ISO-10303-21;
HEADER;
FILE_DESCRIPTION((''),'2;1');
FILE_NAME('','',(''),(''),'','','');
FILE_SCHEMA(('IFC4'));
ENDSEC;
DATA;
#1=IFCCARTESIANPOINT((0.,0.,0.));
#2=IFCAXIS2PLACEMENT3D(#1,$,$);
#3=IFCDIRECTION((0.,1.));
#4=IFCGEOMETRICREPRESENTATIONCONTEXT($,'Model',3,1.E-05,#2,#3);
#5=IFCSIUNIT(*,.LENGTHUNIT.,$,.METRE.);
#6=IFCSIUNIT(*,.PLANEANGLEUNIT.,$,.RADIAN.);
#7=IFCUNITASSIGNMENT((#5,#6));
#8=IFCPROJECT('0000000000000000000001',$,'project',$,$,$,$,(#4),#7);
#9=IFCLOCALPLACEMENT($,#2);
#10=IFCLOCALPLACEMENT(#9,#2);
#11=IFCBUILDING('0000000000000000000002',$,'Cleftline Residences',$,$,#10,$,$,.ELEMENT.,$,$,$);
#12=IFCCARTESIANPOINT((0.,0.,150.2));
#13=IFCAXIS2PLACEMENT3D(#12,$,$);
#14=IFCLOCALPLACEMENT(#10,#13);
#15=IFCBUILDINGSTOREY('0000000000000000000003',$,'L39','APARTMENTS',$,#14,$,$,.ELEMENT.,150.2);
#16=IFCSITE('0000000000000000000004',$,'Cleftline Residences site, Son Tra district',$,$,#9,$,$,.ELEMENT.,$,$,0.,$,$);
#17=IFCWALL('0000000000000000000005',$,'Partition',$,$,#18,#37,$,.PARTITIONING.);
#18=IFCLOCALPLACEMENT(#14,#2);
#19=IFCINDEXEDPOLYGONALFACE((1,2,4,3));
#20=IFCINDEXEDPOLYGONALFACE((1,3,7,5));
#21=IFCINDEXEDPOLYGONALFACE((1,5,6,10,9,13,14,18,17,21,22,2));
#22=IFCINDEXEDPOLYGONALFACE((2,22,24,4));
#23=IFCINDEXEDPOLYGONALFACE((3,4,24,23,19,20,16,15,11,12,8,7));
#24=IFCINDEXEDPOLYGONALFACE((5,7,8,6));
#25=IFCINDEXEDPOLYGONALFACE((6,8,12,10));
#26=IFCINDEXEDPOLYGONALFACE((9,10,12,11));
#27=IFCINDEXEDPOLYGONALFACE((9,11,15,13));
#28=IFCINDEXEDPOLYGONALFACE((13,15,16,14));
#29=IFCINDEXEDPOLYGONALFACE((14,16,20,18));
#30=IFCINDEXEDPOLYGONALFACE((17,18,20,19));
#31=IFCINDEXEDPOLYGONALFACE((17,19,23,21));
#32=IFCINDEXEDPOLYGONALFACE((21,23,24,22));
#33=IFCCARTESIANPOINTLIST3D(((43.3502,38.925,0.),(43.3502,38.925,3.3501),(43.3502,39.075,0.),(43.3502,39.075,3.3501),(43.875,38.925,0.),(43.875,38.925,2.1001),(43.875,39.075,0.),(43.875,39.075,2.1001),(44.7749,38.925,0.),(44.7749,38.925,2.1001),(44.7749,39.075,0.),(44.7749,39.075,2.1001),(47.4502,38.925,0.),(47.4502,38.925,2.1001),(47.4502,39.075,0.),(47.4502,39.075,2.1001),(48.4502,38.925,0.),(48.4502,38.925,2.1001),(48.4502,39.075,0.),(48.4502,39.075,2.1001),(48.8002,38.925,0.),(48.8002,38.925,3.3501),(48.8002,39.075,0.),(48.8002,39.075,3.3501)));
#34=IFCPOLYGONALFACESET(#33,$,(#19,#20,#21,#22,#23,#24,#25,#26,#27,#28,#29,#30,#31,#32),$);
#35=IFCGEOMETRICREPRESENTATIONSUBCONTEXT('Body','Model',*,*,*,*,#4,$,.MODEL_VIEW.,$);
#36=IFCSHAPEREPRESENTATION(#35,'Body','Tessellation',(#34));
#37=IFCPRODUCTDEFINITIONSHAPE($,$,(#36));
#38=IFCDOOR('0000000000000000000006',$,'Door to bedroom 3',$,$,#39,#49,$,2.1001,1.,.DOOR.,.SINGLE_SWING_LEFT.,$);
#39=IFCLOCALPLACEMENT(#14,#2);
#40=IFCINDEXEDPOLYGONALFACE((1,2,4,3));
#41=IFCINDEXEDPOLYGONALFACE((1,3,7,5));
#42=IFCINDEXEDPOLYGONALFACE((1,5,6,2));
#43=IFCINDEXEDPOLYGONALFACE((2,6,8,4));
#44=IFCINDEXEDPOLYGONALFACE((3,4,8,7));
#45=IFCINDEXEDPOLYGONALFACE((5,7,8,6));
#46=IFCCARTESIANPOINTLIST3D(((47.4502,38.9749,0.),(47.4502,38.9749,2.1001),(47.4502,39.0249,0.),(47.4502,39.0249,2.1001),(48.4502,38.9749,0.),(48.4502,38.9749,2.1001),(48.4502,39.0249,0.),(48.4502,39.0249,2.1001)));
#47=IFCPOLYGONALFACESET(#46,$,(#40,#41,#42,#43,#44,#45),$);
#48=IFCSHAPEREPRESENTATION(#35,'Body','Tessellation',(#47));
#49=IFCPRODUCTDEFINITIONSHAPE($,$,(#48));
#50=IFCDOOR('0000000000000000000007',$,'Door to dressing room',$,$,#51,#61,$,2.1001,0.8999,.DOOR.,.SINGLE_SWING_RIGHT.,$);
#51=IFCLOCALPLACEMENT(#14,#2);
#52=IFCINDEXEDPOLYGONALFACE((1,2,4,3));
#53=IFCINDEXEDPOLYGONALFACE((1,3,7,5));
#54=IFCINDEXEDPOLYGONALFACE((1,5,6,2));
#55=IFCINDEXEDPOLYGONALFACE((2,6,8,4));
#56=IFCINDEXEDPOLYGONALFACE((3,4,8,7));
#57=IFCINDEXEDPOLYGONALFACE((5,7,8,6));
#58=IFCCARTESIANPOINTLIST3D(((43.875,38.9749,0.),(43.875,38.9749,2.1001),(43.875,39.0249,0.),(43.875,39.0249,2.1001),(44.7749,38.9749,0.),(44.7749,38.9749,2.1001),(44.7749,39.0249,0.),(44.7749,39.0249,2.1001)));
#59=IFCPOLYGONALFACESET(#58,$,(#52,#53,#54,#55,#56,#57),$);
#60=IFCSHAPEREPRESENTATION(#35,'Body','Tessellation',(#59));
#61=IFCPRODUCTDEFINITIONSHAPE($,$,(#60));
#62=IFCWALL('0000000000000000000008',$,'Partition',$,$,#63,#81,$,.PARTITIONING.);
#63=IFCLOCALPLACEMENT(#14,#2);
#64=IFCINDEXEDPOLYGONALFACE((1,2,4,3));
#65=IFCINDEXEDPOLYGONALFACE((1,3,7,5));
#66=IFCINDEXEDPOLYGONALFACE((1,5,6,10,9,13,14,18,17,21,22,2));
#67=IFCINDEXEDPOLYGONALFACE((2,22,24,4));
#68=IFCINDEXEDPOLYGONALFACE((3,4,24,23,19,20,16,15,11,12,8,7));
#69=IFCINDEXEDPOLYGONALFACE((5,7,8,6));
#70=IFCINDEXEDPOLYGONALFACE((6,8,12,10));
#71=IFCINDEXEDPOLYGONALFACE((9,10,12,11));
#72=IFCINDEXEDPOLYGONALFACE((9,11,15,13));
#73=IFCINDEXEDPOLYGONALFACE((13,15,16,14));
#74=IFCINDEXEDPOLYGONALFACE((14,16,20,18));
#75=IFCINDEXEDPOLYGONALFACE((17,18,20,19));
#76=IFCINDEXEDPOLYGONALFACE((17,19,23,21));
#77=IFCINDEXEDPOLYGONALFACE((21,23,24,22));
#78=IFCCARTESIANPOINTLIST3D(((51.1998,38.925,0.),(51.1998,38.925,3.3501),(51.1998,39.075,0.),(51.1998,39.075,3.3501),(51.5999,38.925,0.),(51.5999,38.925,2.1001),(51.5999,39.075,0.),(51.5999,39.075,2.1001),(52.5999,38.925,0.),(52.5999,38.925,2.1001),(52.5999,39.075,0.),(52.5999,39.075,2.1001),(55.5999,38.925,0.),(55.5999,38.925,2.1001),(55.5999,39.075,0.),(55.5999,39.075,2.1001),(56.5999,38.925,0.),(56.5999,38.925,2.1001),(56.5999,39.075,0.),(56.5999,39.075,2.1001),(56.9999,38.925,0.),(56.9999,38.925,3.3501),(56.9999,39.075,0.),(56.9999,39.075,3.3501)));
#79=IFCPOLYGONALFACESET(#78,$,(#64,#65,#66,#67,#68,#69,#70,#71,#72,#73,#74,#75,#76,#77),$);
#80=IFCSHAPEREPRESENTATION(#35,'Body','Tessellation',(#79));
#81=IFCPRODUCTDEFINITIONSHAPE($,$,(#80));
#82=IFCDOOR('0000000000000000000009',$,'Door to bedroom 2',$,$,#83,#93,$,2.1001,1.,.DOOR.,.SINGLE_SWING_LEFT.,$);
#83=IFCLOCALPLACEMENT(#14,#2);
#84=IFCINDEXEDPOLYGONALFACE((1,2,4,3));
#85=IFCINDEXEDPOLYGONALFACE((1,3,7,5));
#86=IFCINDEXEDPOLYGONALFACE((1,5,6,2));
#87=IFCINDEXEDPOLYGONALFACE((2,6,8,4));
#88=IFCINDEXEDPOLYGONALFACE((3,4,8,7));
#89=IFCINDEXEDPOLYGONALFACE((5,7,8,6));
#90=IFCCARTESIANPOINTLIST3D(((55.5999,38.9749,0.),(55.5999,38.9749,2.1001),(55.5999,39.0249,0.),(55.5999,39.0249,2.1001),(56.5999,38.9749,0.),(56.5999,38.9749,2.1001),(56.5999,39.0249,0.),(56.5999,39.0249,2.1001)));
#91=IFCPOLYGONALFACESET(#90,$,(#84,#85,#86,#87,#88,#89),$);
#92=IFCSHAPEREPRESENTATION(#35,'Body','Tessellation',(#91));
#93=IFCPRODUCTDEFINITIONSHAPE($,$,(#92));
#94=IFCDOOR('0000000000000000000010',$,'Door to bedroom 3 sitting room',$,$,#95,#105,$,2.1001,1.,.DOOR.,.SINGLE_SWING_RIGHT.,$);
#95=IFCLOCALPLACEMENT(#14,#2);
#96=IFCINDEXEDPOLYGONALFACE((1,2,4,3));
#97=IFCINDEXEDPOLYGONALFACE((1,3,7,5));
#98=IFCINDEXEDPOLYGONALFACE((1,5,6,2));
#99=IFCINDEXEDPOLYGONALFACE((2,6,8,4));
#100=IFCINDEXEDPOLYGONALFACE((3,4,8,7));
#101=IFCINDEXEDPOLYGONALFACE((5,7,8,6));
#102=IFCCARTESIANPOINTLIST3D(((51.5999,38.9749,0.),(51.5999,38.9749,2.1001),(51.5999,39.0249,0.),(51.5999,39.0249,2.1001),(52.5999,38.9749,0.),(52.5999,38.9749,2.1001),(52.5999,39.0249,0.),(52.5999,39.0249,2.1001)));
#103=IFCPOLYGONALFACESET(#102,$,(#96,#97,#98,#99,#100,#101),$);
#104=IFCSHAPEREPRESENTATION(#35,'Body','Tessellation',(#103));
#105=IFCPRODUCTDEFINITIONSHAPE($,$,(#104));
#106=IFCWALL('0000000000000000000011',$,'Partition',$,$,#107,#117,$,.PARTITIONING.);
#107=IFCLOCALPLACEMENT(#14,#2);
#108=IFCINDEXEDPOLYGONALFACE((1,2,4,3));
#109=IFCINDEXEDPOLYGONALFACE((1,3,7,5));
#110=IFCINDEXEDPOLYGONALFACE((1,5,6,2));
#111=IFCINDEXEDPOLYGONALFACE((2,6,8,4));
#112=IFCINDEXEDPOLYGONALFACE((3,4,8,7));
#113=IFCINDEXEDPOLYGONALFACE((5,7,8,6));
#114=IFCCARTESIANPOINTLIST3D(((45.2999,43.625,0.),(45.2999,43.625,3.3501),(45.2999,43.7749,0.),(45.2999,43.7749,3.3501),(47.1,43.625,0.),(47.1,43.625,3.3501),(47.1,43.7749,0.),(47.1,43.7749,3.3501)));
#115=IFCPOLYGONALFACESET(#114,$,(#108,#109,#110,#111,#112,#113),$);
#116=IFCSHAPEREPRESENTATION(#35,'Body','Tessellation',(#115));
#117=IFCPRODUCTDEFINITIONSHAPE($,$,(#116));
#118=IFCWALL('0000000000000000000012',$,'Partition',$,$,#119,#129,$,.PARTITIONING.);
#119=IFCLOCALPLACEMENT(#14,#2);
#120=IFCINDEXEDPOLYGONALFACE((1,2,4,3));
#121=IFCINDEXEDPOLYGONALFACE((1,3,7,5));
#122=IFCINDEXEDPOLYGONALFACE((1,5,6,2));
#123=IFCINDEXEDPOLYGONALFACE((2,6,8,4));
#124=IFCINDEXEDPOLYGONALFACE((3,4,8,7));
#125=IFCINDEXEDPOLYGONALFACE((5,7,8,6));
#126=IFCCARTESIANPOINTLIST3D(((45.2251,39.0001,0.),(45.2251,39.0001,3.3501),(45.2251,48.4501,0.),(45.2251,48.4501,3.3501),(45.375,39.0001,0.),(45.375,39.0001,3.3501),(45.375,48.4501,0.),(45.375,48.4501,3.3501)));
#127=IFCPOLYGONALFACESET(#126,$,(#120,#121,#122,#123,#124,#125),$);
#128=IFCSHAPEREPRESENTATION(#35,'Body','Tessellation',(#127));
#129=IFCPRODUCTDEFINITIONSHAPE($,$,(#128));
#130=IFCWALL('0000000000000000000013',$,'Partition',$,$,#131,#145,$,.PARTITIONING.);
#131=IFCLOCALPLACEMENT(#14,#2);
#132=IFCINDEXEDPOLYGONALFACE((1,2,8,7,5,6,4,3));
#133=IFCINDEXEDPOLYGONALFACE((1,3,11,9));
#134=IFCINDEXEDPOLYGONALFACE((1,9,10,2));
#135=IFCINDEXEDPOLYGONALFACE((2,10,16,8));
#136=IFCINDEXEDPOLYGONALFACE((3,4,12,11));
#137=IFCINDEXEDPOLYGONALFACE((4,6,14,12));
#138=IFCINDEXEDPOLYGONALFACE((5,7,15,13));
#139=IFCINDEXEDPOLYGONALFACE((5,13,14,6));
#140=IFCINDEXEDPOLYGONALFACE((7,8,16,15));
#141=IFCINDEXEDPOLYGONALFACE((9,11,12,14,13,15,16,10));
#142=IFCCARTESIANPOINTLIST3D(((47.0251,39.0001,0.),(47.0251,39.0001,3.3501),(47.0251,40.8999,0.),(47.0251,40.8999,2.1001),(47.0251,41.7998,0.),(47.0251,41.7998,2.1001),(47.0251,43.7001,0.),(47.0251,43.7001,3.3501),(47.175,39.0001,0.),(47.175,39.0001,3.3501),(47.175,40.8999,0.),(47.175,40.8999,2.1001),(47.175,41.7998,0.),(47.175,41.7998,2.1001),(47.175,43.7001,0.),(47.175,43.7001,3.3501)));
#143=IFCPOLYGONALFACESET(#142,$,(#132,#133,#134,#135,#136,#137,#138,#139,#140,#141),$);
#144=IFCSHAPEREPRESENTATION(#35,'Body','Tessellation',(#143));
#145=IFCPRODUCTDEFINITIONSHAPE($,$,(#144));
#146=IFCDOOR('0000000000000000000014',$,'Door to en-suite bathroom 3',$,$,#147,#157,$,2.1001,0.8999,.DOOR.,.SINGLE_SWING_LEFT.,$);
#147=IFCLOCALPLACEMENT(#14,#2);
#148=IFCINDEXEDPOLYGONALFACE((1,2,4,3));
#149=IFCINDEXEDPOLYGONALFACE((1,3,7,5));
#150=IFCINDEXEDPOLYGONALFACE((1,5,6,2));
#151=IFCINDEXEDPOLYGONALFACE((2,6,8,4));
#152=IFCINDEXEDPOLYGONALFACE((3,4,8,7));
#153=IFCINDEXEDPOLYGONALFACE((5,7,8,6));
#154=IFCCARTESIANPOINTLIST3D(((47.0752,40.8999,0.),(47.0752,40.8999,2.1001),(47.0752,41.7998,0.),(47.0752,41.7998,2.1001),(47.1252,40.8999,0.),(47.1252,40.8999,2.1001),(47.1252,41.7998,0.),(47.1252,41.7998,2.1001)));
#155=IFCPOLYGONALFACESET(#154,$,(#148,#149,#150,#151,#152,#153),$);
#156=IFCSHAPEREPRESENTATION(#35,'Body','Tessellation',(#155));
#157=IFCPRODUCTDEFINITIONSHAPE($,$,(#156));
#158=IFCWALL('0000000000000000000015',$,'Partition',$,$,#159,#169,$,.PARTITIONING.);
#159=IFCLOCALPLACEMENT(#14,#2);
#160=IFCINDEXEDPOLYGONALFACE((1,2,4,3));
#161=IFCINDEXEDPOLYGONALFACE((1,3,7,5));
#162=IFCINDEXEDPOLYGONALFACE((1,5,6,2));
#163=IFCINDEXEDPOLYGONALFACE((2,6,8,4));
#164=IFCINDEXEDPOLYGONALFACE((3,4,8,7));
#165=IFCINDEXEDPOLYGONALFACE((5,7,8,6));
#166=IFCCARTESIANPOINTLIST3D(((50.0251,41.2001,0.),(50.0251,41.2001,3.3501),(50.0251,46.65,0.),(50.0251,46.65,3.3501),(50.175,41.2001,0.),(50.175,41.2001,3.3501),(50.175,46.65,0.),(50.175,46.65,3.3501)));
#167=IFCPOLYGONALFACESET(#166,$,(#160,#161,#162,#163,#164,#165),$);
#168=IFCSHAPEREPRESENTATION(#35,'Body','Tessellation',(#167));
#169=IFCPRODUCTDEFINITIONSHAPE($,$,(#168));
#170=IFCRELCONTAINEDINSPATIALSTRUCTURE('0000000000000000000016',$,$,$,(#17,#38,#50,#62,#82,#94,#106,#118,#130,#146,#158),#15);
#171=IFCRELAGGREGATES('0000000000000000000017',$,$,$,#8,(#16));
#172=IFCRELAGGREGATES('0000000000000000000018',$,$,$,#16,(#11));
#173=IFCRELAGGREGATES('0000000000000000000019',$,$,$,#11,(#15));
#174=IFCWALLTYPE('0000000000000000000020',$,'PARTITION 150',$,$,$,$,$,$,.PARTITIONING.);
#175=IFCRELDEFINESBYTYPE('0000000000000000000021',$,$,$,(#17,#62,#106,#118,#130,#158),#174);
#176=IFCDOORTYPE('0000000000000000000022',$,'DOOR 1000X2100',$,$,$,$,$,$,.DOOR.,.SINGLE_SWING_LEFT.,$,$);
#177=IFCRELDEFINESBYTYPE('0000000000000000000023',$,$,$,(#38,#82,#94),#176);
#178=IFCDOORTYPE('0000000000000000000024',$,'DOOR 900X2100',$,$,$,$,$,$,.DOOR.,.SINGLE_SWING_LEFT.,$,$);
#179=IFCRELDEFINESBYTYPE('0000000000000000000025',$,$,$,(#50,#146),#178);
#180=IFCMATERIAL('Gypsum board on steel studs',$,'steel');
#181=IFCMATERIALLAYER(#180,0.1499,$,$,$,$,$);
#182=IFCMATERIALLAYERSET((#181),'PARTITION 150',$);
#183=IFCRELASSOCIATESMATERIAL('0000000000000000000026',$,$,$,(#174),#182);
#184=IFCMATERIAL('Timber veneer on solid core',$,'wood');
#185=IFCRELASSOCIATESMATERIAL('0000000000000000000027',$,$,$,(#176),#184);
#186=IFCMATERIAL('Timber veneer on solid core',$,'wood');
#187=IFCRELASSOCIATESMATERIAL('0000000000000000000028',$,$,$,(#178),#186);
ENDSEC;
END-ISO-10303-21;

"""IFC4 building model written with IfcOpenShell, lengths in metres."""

from ifc_helpers import new_model, si_unit, direction, frame, frame_2d, origin, place, context, subcontext, project, spatial, rectangle, extrude, material, layer, layer_set, type_object, element, fill, save


model = new_model("IFC4")

# Units and contexts
model_context = context("Model", 3, precision=1e-05, world=origin(), true_north=direction((0.0, 1.0)))
body_context = subcontext(model_context, "Body", "Model", "MODEL_VIEW")
ifc_project = project(units=[si_unit("LENGTHUNIT", "METRE"), si_unit("PLANEANGLEUNIT", "RADIAN")], contexts=[model_context])

# Site, building, storey
site_placement = place(None, origin())
site = spatial("IfcSite", under=ifc_project, at=site_placement, Name="Cleftline Residences site, Son Tra district", CompositionType="ELEMENT", RefElevation=0.0)
building_placement = place(site_placement, origin())
building = spatial("IfcBuilding", under=site, at=building_placement, Name="Cleftline Residences", CompositionType="ELEMENT")
storey_placement = place(building_placement, frame((0.0, 0.0, 150.2)))
storey = spatial("IfcBuildingStorey", under=building, at=storey_placement, Name="L39", Description="APARTMENTS", CompositionType="ELEMENT", Elevation=150.2)

# Walls, openings, doors
ifc_material_1 = material(Name="Gypsum board on steel studs", Category="steel")
ifc_layer = layer(ifc_material_1, 0.1499)
ifc_layer_set = layer_set([ifc_layer], Name="PARTITION 150")
wall_type = type_object("IfcWallType", Name="PARTITION 150", PredefinedType="PARTITIONING", material=ifc_layer_set)
wall_1_placement = place(storey_placement, frame((43.3501, 39.0, 0.0), z_axis=(0.0, 0.0, 1.0), x_axis=(1.0, 0.0, 0.0)))
wall_1 = element("IfcWall", 1, at=wall_1_placement, inside=storey, type_object=wall_type, Name="Partition", PredefinedType="PARTITIONING", context=body_context, shape_type="SweptSolid", body=[
    extrude(rectangle(XDim=5.45, YDim=0.1499, at=frame_2d((2.7251, 0.0))), origin(), (0.0, 0.0, 1.0), 3.3501),
])
opening_1_placement = place(wall_1_placement, frame((4.1001, 0.0, 0.0)))
opening_1 = element("IfcOpeningElement", 2, at=opening_1_placement, cuts=wall_1, PredefinedType="OPENING", context=body_context, shape_type="SweptSolid", body=[
    extrude(rectangle(XDim=1.0, YDim=2.1001, at=frame_2d((0.5, 1.05))), frame((0.0, 0.085, 0.0), z_axis=(0.0, -1.0, 0.0), x_axis=(1.0, 0.0, 0.0)), (0.0, 0.0, 1.0), 0.1699),
])
opening_2_placement = place(wall_1_placement, frame((0.5249, 0.0, 0.0)))
opening_2 = element("IfcOpeningElement", 3, at=opening_2_placement, cuts=wall_1, PredefinedType="OPENING", context=body_context, shape_type="SweptSolid", body=[
    extrude(rectangle(XDim=0.8999, YDim=2.1001, at=frame_2d((0.45, 1.05))), frame((0.0, 0.085, 0.0), z_axis=(0.0, -1.0, 0.0), x_axis=(1.0, 0.0, 0.0)), (0.0, 0.0, 1.0), 0.1699),
])
ifc_material_2 = material(Name="Timber veneer on solid core", Category="wood")
door_type_1 = type_object("IfcDoorType", Name="DOOR 1000X2100", OperationType="SINGLE_SWING_LEFT", PredefinedType="DOOR", material=ifc_material_2)
door_1_placement = place(opening_1_placement, origin())
door_1 = element("IfcDoor", 4, at=door_1_placement, inside=storey, type_object=door_type_1, Name="Door to bedroom 3", OperationType="SINGLE_SWING_LEFT", OverallHeight=2.1001, OverallWidth=1.0, PredefinedType="DOOR", context=body_context, shape_type="SweptSolid", body=[
    extrude(rectangle(XDim=1.0, YDim=2.1001, at=frame_2d((0.5, 1.05))), frame((0.0, 0.0249, 0.0), z_axis=(0.0, -1.0, 0.0), x_axis=(1.0, 0.0, 0.0)), (0.0, 0.0, 1.0), 0.05),
])
fill(opening_1, door_1)
ifc_material_3 = material(Name="Timber veneer on solid core", Category="wood")
door_type_2 = type_object("IfcDoorType", Name="DOOR 900X2100", OperationType="SINGLE_SWING_LEFT", PredefinedType="DOOR", material=ifc_material_3)
door_2_placement = place(opening_2_placement, origin())
door_2 = element("IfcDoor", 5, at=door_2_placement, inside=storey, type_object=door_type_2, Name="Door to dressing room", OperationType="SINGLE_SWING_RIGHT", OverallHeight=2.1001, OverallWidth=0.8999, PredefinedType="DOOR", context=body_context, shape_type="SweptSolid", body=[
    extrude(rectangle(XDim=0.8999, YDim=2.1001, at=frame_2d((0.45, 1.05))), frame((0.0, 0.0249, 0.0), z_axis=(0.0, -1.0, 0.0), x_axis=(1.0, 0.0, 0.0)), (0.0, 0.0, 1.0), 0.05),
])
fill(opening_2, door_2)
wall_2_placement = place(storey_placement, frame((51.2, 39.0, 0.0), z_axis=(0.0, 0.0, 1.0), x_axis=(1.0, 0.0, 0.0)))
wall_2 = element("IfcWall", 6, at=wall_2_placement, inside=storey, type_object=wall_type, Name="Partition", PredefinedType="PARTITIONING", context=body_context, shape_type="SweptSolid", body=[
    extrude(rectangle(XDim=5.8, YDim=0.1499, at=frame_2d((2.8999, 0.0))), origin(), (0.0, 0.0, 1.0), 3.3501),
])
opening_3_placement = place(wall_2_placement, frame((4.3999, 0.0, 0.0)))
opening_3 = element("IfcOpeningElement", 7, at=opening_3_placement, cuts=wall_2, PredefinedType="OPENING", context=body_context, shape_type="SweptSolid", body=[
    extrude(rectangle(XDim=1.0, YDim=2.1001, at=frame_2d((0.5, 1.05))), frame((0.0, 0.085, 0.0), z_axis=(0.0, -1.0, 0.0), x_axis=(1.0, 0.0, 0.0)), (0.0, 0.0, 1.0), 0.1699),
])
opening_4_placement = place(wall_2_placement, frame((0.3999, 0.0, 0.0)))
opening_4 = element("IfcOpeningElement", 8, at=opening_4_placement, cuts=wall_2, PredefinedType="OPENING", context=body_context, shape_type="SweptSolid", body=[
    extrude(rectangle(XDim=1.0, YDim=2.1001, at=frame_2d((0.5, 1.05))), frame((0.0, 0.085, 0.0), z_axis=(0.0, -1.0, 0.0), x_axis=(1.0, 0.0, 0.0)), (0.0, 0.0, 1.0), 0.1699),
])
door_3_placement = place(opening_3_placement, origin())
door_3 = element("IfcDoor", 9, at=door_3_placement, inside=storey, type_object=door_type_1, Name="Door to bedroom 2", OperationType="SINGLE_SWING_LEFT", OverallHeight=2.1001, OverallWidth=1.0, PredefinedType="DOOR", context=body_context, shape_type="SweptSolid", body=[
    extrude(rectangle(XDim=1.0, YDim=2.1001, at=frame_2d((0.5, 1.05))), frame((0.0, 0.0249, 0.0), z_axis=(0.0, -1.0, 0.0), x_axis=(1.0, 0.0, 0.0)), (0.0, 0.0, 1.0), 0.05),
])
fill(opening_3, door_3)
door_4_placement = place(opening_4_placement, origin())
door_4 = element("IfcDoor", 10, at=door_4_placement, inside=storey, type_object=door_type_1, Name="Door to bedroom 3 sitting room", OperationType="SINGLE_SWING_RIGHT", OverallHeight=2.1001, OverallWidth=1.0, PredefinedType="DOOR", context=body_context, shape_type="SweptSolid", body=[
    extrude(rectangle(XDim=1.0, YDim=2.1001, at=frame_2d((0.5, 1.05))), frame((0.0, 0.0249, 0.0), z_axis=(0.0, -1.0, 0.0), x_axis=(1.0, 0.0, 0.0)), (0.0, 0.0, 1.0), 0.05),
])
fill(opening_4, door_4)

# Walls
wall_3_placement = place(storey_placement, frame((45.3, 43.7, 0.0), z_axis=(0.0, 0.0, 1.0), x_axis=(1.0, 0.0, 0.0)))
element("IfcWall", 11, at=wall_3_placement, inside=storey, type_object=wall_type, Name="Partition", PredefinedType="PARTITIONING", context=body_context, shape_type="SweptSolid", body=[
    extrude(rectangle(XDim=1.8, YDim=0.1499, at=frame_2d((0.8999, 0.0))), origin(), (0.0, 0.0, 1.0), 3.3501),
])
wall_4_placement = place(storey_placement, frame((45.3, 39.0, 0.0), z_axis=(0.0, 0.0, 1.0), x_axis=(0.0, 1.0, 0.0)))
element("IfcWall", 12, at=wall_4_placement, inside=storey, type_object=wall_type, Name="Partition", PredefinedType="PARTITIONING", context=body_context, shape_type="SweptSolid", body=[
    extrude(rectangle(XDim=9.45, YDim=0.1499, at=frame_2d((4.7251, 0.0))), origin(), (0.0, 0.0, 1.0), 3.3501),
])

# Wall, opening, door
wall_5_placement = place(storey_placement, frame((47.1001, 39.0, 0.0), z_axis=(0.0, 0.0, 1.0), x_axis=(0.0, 1.0, 0.0)))
wall_5 = element("IfcWall", 13, at=wall_5_placement, inside=storey, type_object=wall_type, Name="Partition", PredefinedType="PARTITIONING", context=body_context, shape_type="SweptSolid", body=[
    extrude(rectangle(XDim=4.7, YDim=0.1499, at=frame_2d((2.3501, 0.0))), origin(), (0.0, 0.0, 1.0), 3.3501),
])
opening_5_placement = place(wall_5_placement, frame((1.8999, 0.0, 0.0)))
opening_5 = element("IfcOpeningElement", 14, at=opening_5_placement, cuts=wall_5, PredefinedType="OPENING", context=body_context, shape_type="SweptSolid", body=[
    extrude(rectangle(XDim=0.8999, YDim=2.1001, at=frame_2d((0.45, 1.05))), frame((0.0, 0.085, 0.0), z_axis=(0.0, -1.0, 0.0), x_axis=(1.0, 0.0, 0.0)), (0.0, 0.0, 1.0), 0.1699),
])
door_5_placement = place(opening_5_placement, origin())
door_5 = element("IfcDoor", 15, at=door_5_placement, inside=storey, type_object=door_type_2, Name="Door to en-suite bathroom 3", OperationType="SINGLE_SWING_LEFT", OverallHeight=2.1001, OverallWidth=0.8999, PredefinedType="DOOR", context=body_context, shape_type="SweptSolid", body=[
    extrude(rectangle(XDim=0.8999, YDim=2.1001, at=frame_2d((0.45, 1.05))), frame((0.0, 0.0249, 0.0), z_axis=(0.0, -1.0, 0.0), x_axis=(1.0, 0.0, 0.0)), (0.0, 0.0, 1.0), 0.05),
])
fill(opening_5, door_5)

# Wall
wall_6_placement = place(storey_placement, frame((50.1001, 41.2, 0.0), z_axis=(0.0, 0.0, 1.0), x_axis=(0.0, 1.0, 0.0)))
element("IfcWall", 16, at=wall_6_placement, inside=storey, type_object=wall_type, Name="Partition", PredefinedType="PARTITIONING", context=body_context, shape_type="SweptSolid", body=[
    extrude(rectangle(XDim=5.45, YDim=0.1499, at=frame_2d((2.7251, 0.0))), origin(), (0.0, 0.0, 1.0), 3.3501),
])

save(model, "model.ifc")
